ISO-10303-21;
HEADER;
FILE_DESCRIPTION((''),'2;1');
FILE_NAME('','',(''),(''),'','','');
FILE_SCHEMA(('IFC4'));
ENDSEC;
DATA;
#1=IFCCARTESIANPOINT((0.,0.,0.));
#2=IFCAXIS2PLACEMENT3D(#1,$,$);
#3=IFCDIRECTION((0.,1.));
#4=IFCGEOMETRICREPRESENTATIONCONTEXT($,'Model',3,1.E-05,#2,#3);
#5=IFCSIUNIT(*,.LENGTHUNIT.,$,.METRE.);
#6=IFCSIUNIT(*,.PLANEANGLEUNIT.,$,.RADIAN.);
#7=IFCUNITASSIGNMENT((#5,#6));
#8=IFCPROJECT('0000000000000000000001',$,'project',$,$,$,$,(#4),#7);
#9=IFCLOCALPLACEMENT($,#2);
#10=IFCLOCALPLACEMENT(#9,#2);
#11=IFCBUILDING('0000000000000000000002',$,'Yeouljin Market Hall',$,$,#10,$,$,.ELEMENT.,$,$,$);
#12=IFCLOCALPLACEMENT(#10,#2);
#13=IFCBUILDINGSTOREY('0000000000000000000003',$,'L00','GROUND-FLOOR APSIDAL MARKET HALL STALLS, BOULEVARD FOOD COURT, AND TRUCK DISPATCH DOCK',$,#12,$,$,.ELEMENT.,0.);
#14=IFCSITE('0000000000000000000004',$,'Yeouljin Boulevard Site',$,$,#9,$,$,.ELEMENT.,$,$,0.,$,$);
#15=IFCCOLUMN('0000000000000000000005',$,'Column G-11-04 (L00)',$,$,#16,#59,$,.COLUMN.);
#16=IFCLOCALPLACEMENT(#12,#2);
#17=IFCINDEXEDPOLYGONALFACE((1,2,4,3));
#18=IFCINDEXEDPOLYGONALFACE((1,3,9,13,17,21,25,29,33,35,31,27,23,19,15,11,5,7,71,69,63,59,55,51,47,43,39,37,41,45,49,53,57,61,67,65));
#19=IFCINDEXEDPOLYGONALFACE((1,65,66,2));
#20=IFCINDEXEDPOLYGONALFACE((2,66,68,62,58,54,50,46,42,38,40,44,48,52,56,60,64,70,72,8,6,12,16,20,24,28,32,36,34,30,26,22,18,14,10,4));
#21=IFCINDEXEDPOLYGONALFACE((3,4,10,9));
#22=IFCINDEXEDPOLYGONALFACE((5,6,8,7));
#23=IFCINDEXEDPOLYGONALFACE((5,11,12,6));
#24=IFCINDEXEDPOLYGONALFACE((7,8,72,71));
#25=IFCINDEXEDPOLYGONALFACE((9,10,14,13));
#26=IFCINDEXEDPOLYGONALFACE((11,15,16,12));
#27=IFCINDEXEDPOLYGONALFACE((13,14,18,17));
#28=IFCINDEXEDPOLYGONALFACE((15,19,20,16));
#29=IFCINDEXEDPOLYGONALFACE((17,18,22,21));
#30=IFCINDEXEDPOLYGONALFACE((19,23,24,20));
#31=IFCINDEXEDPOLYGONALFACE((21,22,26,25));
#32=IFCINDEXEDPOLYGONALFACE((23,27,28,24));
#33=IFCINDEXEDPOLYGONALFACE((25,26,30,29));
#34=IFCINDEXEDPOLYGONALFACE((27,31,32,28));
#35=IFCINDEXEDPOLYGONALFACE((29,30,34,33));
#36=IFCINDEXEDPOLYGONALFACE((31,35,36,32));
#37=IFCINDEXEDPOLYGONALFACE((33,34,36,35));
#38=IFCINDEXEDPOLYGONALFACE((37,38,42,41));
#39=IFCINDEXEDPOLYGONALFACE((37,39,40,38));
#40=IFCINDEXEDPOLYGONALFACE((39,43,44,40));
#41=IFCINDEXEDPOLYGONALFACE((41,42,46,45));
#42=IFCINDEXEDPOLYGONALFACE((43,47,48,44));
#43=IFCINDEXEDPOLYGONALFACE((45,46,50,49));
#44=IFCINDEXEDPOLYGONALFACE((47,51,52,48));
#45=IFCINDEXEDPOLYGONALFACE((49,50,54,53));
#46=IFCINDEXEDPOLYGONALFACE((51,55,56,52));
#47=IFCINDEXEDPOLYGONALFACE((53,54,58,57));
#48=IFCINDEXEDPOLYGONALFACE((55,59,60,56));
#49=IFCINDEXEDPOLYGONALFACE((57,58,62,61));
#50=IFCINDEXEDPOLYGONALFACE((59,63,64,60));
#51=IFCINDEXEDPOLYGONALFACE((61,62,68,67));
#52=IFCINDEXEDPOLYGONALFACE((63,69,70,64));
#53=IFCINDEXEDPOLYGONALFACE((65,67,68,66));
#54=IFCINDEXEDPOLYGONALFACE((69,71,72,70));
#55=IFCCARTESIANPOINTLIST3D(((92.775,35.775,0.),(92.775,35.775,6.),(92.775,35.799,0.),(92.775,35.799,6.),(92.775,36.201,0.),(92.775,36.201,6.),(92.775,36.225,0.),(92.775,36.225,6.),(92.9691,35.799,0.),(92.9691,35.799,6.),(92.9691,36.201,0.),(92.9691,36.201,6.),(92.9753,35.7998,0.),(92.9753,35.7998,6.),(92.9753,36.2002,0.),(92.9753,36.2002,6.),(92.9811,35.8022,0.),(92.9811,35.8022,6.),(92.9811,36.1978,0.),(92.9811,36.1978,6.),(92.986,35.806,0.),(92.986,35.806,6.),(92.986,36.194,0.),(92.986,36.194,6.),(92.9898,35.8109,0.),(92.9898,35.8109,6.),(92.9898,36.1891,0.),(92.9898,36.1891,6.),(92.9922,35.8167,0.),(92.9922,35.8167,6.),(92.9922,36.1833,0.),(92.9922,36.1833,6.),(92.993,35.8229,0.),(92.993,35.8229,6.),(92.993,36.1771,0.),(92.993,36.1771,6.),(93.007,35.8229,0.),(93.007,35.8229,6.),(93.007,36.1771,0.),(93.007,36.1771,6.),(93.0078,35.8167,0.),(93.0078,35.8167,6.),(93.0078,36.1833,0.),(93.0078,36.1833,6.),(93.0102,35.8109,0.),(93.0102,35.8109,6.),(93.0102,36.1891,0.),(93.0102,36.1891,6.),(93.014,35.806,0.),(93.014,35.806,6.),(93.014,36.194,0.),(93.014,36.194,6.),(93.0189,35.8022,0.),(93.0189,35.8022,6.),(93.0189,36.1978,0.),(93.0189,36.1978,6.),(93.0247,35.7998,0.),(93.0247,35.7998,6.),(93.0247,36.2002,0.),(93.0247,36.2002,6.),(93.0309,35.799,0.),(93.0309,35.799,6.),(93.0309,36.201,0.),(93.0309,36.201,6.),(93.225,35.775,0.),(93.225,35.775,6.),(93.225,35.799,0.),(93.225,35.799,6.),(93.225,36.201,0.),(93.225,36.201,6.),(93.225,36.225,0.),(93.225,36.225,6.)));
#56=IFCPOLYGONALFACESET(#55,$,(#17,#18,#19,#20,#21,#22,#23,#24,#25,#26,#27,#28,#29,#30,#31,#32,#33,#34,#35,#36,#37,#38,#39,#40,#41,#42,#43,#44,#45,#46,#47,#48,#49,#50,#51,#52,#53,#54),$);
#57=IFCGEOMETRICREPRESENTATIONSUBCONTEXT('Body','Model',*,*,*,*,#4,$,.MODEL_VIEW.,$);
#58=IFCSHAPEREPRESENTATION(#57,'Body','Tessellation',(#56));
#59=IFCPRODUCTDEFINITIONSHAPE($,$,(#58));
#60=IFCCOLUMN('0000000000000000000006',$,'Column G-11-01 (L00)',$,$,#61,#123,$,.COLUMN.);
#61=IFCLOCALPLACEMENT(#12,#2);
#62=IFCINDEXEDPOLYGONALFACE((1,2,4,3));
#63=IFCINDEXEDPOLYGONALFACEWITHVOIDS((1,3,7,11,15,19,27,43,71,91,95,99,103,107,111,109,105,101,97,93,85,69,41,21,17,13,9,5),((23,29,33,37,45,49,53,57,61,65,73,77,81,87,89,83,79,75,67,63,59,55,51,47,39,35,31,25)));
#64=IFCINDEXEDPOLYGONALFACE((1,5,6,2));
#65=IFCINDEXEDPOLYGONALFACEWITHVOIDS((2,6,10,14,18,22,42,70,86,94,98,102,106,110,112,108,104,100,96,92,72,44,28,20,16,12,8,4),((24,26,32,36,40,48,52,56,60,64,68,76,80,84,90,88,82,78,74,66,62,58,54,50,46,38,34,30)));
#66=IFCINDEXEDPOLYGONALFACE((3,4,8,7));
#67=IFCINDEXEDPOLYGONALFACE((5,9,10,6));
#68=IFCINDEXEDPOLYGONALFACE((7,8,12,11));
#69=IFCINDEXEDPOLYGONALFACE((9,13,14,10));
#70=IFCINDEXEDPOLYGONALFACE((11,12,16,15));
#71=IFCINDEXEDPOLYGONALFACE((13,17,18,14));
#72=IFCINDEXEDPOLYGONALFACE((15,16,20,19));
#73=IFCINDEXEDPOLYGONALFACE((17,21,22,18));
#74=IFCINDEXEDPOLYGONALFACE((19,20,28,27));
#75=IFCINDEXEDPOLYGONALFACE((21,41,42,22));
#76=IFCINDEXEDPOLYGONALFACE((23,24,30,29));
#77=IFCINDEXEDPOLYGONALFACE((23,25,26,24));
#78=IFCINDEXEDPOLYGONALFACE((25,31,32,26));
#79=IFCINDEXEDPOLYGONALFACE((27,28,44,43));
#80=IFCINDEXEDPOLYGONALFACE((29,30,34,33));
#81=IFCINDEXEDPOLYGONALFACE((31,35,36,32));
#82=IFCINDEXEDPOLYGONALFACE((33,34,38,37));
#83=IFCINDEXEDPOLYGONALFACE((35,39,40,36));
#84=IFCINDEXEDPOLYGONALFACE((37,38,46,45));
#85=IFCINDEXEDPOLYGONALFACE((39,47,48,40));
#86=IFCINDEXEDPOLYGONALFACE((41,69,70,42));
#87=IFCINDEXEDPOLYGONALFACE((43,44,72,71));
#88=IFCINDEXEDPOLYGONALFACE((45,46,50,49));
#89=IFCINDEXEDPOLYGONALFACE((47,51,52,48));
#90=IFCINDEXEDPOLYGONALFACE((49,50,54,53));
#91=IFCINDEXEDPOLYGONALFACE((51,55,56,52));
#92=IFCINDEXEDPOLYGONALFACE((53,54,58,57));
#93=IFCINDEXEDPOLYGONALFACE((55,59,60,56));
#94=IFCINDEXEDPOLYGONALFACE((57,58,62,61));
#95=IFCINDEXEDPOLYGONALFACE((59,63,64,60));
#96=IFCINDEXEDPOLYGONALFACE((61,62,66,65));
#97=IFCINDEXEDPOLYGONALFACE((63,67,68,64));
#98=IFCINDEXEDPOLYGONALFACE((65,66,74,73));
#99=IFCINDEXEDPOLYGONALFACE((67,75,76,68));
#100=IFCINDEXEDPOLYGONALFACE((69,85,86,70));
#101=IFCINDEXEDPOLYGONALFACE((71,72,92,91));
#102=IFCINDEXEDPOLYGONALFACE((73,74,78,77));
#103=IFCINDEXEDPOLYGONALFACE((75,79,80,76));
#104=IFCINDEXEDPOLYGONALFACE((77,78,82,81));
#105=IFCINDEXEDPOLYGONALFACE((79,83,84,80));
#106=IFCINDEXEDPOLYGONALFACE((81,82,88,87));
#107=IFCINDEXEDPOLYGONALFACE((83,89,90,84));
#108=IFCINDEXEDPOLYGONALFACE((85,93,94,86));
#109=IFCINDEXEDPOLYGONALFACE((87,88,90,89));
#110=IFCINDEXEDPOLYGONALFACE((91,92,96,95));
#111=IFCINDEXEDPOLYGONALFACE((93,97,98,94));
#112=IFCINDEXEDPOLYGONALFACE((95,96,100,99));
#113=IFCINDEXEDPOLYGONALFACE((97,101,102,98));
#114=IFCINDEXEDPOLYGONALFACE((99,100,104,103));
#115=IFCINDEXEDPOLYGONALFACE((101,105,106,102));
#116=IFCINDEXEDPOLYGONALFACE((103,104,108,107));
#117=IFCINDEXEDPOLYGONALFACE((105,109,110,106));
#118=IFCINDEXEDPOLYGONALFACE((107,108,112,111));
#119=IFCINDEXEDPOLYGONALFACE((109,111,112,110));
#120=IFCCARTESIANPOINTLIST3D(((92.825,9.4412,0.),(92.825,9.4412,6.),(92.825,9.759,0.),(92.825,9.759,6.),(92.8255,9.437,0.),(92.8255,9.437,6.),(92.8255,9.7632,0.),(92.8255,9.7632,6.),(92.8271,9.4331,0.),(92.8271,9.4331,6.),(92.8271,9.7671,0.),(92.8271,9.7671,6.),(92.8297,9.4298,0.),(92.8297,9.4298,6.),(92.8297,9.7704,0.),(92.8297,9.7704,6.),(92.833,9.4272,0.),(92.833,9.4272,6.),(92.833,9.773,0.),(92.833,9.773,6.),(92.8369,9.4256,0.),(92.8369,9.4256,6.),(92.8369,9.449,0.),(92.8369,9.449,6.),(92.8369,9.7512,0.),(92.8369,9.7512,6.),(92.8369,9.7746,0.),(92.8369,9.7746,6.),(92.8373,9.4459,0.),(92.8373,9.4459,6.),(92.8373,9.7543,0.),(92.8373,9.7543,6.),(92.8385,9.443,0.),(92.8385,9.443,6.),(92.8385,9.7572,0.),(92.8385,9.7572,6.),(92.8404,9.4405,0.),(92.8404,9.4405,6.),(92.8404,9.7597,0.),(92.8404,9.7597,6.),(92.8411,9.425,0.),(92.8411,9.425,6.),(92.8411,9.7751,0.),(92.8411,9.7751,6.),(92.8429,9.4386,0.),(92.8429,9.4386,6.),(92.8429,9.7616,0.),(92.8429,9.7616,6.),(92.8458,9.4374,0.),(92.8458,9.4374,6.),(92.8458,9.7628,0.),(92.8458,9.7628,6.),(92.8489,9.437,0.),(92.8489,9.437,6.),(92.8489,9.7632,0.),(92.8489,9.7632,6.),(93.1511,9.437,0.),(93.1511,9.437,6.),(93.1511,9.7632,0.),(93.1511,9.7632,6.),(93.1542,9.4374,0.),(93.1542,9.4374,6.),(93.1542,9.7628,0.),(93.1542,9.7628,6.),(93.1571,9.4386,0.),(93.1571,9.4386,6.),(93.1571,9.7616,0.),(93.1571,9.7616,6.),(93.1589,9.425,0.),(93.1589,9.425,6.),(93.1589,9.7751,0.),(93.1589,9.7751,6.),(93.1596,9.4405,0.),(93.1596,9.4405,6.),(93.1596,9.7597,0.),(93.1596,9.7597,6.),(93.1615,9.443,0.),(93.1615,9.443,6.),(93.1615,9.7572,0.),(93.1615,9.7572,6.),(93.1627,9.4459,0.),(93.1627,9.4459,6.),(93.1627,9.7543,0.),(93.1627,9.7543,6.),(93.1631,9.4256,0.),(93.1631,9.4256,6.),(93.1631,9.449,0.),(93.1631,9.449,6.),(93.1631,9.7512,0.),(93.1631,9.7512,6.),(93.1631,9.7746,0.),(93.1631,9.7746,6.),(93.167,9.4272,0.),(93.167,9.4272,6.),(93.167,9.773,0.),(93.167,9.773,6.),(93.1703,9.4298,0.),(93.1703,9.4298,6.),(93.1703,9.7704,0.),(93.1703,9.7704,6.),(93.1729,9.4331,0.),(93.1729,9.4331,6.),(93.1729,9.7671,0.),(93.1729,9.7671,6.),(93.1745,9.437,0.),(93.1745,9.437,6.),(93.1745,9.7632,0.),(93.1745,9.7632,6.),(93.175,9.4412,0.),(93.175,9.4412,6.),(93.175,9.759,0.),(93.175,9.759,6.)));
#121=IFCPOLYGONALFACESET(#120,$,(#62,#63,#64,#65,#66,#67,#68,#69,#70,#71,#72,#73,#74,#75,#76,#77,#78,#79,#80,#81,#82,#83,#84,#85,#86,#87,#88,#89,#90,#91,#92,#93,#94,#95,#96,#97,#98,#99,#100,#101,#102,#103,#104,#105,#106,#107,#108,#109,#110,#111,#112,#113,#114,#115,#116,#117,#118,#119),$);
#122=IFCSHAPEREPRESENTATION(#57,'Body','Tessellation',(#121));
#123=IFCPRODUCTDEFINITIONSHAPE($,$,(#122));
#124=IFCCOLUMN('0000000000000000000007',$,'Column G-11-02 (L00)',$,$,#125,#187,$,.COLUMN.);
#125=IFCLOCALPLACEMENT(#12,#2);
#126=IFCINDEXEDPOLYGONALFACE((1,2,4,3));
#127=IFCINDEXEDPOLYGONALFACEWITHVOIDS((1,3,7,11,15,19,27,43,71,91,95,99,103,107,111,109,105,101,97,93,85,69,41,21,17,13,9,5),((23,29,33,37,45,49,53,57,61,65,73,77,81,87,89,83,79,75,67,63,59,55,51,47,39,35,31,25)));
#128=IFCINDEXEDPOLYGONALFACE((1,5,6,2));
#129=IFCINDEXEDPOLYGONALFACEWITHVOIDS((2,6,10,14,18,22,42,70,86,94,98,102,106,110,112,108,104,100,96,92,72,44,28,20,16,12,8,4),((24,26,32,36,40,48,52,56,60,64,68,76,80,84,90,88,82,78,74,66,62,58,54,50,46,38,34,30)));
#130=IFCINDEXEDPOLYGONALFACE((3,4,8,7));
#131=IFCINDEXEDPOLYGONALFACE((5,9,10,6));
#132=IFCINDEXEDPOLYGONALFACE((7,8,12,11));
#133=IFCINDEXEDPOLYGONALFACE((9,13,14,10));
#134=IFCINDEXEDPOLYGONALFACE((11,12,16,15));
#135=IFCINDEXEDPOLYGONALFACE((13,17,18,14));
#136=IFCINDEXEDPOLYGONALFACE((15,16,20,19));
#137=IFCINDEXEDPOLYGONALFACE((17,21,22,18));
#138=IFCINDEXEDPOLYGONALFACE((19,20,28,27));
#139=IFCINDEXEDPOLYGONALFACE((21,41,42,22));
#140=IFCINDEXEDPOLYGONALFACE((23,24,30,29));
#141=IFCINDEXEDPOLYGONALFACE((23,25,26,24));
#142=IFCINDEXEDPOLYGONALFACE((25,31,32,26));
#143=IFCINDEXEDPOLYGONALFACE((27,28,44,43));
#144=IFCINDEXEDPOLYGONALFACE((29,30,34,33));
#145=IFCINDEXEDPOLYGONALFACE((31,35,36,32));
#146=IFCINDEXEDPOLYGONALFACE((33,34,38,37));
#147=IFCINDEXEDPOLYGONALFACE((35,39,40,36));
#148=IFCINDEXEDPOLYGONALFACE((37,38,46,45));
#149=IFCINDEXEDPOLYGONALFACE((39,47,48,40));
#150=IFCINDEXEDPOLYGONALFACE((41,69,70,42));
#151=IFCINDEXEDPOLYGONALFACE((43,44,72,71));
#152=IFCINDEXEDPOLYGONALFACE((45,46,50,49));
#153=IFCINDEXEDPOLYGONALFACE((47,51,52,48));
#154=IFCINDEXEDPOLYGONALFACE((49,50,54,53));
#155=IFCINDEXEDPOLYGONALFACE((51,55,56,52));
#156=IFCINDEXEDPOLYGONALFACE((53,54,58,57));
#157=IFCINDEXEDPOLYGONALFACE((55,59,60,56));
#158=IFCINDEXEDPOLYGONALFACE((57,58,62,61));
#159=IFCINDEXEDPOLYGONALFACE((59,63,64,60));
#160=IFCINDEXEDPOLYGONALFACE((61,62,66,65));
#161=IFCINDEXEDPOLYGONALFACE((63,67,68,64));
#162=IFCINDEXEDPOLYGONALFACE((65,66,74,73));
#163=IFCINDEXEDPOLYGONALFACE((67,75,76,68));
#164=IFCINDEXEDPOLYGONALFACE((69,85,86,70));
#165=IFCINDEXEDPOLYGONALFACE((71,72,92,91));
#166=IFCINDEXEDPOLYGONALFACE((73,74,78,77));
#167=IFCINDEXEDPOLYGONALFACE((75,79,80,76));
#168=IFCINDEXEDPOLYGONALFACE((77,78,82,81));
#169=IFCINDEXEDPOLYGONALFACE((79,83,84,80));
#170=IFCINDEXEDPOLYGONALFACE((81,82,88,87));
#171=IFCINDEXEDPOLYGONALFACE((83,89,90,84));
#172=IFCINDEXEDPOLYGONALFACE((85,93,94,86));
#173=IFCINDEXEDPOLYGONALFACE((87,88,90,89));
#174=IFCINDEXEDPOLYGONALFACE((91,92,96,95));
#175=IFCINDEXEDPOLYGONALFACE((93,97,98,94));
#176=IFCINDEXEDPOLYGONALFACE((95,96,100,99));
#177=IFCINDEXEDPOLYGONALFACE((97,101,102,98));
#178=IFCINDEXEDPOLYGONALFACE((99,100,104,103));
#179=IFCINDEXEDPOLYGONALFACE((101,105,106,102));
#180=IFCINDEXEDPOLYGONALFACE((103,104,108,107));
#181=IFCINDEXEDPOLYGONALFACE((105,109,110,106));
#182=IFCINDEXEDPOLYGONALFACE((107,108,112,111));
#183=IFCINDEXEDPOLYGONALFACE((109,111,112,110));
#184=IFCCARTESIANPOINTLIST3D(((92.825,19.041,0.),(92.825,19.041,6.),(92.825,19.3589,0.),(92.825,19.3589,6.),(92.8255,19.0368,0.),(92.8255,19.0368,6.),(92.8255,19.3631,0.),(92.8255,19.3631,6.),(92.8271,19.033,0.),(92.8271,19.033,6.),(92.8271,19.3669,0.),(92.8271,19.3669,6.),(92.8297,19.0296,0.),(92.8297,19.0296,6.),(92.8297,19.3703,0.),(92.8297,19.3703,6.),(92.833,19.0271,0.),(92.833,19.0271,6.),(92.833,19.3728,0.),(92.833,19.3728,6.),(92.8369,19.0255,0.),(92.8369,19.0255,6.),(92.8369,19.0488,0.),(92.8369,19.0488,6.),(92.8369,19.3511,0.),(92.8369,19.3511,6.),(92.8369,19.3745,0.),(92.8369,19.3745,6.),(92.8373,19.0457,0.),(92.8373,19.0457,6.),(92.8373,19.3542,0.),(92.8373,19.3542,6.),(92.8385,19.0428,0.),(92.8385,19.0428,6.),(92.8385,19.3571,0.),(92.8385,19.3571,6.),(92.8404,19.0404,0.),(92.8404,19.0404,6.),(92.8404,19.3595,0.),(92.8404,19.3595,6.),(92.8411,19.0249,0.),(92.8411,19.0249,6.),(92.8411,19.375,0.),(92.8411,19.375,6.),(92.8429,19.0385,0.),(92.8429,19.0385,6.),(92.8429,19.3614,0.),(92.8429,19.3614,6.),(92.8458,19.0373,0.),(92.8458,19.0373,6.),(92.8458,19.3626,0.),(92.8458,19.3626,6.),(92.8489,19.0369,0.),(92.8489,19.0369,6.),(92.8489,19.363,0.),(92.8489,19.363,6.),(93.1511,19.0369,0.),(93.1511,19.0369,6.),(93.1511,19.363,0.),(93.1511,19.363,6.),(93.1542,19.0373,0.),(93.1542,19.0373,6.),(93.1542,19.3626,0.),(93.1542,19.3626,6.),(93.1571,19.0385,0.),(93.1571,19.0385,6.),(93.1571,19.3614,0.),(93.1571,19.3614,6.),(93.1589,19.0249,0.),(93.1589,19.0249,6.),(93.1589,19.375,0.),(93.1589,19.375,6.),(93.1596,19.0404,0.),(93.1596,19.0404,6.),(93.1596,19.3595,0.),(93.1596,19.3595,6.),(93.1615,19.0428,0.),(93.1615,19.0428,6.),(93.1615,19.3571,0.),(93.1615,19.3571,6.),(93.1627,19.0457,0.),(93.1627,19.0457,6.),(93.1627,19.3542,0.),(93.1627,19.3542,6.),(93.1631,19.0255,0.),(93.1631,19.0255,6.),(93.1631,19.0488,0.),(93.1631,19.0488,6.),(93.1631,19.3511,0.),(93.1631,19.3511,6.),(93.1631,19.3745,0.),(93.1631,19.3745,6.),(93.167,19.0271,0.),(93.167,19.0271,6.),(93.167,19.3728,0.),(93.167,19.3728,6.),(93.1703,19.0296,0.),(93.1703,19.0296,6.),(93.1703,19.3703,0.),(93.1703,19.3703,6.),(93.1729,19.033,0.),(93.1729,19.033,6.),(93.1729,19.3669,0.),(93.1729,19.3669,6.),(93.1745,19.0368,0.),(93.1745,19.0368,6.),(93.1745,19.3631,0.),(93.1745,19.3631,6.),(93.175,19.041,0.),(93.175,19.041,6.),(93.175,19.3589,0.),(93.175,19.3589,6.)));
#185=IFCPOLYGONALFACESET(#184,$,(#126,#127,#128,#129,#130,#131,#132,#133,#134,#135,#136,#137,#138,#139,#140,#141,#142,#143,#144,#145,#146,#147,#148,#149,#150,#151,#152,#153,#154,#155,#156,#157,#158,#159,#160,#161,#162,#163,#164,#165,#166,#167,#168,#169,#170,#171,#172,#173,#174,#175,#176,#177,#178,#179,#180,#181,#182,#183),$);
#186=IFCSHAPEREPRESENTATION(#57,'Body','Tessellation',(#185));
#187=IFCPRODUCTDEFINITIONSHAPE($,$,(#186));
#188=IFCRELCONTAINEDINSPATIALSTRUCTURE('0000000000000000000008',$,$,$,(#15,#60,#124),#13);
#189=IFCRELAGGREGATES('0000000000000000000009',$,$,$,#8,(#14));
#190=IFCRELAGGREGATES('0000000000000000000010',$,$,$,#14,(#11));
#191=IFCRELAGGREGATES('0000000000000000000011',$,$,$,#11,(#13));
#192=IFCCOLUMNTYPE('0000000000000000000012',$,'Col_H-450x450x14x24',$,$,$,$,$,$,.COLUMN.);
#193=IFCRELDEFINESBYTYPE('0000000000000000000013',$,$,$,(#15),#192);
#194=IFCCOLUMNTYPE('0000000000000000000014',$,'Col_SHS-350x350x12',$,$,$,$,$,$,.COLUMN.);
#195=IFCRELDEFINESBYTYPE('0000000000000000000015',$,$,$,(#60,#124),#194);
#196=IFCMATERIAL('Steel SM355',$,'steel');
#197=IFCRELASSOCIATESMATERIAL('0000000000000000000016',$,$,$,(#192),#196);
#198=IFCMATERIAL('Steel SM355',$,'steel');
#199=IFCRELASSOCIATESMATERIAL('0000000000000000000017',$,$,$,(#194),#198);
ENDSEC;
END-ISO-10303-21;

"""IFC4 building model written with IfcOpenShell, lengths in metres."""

from ifc_helpers import new_model, si_unit, direction, frame, origin, origin_2d, place, context, subcontext, project, spatial, hollow_rectangle, i_section, extrude, material, material_profile, profile_set, type_object, element, save


model = new_model("IFC4")

# Units and contexts
model_context = context("Model", 3, precision=1e-05, world=origin(), true_north=direction((0.0, 1.0)))
body_context = subcontext(model_context, "Body", "Model", "MODEL_VIEW")
ifc_project = project(units=[si_unit("LENGTHUNIT", "METRE"), si_unit("PLANEANGLEUNIT", "RADIAN")], contexts=[model_context])

# Site, building, storey
site_placement = place(None, origin())
site = spatial("IfcSite", under=ifc_project, at=site_placement, Name="Yeouljin Boulevard Site", CompositionType="ELEMENT", RefElevation=0.0)
building_placement = place(site_placement, origin())
building = spatial("IfcBuilding", under=site, at=building_placement, Name="Yeouljin Market Hall", CompositionType="ELEMENT")
storey_placement = place(building_placement, origin())
storey = spatial("IfcBuildingStorey", under=building, at=storey_placement, Name="L00", Description="GROUND-FLOOR APSIDAL MARKET HALL STALLS, BOULEVARD FOOD COURT, AND TRUCK DISPATCH DOCK", CompositionType="ELEMENT", Elevation=0.0)

# Columns
ifc_material_1 = material(Name="Steel SM355", Category="steel")
ifc_material_profile_1 = material_profile(ifc_material_1, i_section(OverallWidth=0.45, OverallDepth=0.45, WebThickness=0.0139, FlangeThickness=0.0239, FilletRadius=0.0239, at=origin_2d()), Name="H-450x450x14x24")
ifc_profile_set_1 = profile_set([ifc_material_profile_1], Name="Steel SM355")
column_type_1 = type_object("IfcColumnType", Name="Col_H-450x450x14x24", PredefinedType="COLUMN", material=ifc_profile_set_1)
column_placement = place(storey_placement, frame((93.0, 36.0, 0.0), z_axis=(0.0, 0.0, 1.0), x_axis=(1.0, 0.0, 0.0)))
element("IfcColumn", 1, at=column_placement, inside=storey, type_object=column_type_1, Name="Column G-11-04 (L00)", PredefinedType="COLUMN", context=body_context, shape_type="SweptSolid", body=[
    extrude(i_section(OverallWidth=0.45, OverallDepth=0.45, WebThickness=0.0139, FlangeThickness=0.0239, FilletRadius=0.0239, at=origin_2d()), origin(), (0.0, 0.0, 1.0), 6.0),
])
ifc_material_2 = material(Name="Steel SM355", Category="steel")
ifc_material_profile_2 = material_profile(ifc_material_2, hollow_rectangle(XDim=0.3501, YDim=0.3501, WallThickness=0.012, InnerFilletRadius=0.012, OuterFilletRadius=0.0161, at=origin_2d()), Name="SHS-350x350x12")
ifc_profile_set_2 = profile_set([ifc_material_profile_2], Name="Steel SM355")
column_type_2 = type_object("IfcColumnType", Name="Col_SHS-350x350x12", PredefinedType="COLUMN", material=ifc_profile_set_2)
for number, where, z_axis, x_axis, name in (
    (2, (93.0, 9.6001, 0.0), (0.0, 0.0, 1.0), (1.0, 0.0, 0.0), "Column G-11-01 (L00)"),
    (3, (93.0, 19.2, 0.0), (0.0, 0.0, 1.0), (1.0, 0.0, 0.0), "Column G-11-02 (L00)"),
):
    element("IfcColumn", number, at=place(storey_placement, frame(where, z_axis=z_axis, x_axis=x_axis)), inside=storey, type_object=column_type_2, Name=name, PredefinedType="COLUMN", context=body_context, shape_type="SweptSolid", body=[
        extrude(hollow_rectangle(XDim=0.3501, YDim=0.3501, WallThickness=0.012, InnerFilletRadius=0.012, OuterFilletRadius=0.0161, at=origin_2d()), origin(), (0.0, 0.0, 1.0), 6.0),
    ])

save(model, "model.ifc")
